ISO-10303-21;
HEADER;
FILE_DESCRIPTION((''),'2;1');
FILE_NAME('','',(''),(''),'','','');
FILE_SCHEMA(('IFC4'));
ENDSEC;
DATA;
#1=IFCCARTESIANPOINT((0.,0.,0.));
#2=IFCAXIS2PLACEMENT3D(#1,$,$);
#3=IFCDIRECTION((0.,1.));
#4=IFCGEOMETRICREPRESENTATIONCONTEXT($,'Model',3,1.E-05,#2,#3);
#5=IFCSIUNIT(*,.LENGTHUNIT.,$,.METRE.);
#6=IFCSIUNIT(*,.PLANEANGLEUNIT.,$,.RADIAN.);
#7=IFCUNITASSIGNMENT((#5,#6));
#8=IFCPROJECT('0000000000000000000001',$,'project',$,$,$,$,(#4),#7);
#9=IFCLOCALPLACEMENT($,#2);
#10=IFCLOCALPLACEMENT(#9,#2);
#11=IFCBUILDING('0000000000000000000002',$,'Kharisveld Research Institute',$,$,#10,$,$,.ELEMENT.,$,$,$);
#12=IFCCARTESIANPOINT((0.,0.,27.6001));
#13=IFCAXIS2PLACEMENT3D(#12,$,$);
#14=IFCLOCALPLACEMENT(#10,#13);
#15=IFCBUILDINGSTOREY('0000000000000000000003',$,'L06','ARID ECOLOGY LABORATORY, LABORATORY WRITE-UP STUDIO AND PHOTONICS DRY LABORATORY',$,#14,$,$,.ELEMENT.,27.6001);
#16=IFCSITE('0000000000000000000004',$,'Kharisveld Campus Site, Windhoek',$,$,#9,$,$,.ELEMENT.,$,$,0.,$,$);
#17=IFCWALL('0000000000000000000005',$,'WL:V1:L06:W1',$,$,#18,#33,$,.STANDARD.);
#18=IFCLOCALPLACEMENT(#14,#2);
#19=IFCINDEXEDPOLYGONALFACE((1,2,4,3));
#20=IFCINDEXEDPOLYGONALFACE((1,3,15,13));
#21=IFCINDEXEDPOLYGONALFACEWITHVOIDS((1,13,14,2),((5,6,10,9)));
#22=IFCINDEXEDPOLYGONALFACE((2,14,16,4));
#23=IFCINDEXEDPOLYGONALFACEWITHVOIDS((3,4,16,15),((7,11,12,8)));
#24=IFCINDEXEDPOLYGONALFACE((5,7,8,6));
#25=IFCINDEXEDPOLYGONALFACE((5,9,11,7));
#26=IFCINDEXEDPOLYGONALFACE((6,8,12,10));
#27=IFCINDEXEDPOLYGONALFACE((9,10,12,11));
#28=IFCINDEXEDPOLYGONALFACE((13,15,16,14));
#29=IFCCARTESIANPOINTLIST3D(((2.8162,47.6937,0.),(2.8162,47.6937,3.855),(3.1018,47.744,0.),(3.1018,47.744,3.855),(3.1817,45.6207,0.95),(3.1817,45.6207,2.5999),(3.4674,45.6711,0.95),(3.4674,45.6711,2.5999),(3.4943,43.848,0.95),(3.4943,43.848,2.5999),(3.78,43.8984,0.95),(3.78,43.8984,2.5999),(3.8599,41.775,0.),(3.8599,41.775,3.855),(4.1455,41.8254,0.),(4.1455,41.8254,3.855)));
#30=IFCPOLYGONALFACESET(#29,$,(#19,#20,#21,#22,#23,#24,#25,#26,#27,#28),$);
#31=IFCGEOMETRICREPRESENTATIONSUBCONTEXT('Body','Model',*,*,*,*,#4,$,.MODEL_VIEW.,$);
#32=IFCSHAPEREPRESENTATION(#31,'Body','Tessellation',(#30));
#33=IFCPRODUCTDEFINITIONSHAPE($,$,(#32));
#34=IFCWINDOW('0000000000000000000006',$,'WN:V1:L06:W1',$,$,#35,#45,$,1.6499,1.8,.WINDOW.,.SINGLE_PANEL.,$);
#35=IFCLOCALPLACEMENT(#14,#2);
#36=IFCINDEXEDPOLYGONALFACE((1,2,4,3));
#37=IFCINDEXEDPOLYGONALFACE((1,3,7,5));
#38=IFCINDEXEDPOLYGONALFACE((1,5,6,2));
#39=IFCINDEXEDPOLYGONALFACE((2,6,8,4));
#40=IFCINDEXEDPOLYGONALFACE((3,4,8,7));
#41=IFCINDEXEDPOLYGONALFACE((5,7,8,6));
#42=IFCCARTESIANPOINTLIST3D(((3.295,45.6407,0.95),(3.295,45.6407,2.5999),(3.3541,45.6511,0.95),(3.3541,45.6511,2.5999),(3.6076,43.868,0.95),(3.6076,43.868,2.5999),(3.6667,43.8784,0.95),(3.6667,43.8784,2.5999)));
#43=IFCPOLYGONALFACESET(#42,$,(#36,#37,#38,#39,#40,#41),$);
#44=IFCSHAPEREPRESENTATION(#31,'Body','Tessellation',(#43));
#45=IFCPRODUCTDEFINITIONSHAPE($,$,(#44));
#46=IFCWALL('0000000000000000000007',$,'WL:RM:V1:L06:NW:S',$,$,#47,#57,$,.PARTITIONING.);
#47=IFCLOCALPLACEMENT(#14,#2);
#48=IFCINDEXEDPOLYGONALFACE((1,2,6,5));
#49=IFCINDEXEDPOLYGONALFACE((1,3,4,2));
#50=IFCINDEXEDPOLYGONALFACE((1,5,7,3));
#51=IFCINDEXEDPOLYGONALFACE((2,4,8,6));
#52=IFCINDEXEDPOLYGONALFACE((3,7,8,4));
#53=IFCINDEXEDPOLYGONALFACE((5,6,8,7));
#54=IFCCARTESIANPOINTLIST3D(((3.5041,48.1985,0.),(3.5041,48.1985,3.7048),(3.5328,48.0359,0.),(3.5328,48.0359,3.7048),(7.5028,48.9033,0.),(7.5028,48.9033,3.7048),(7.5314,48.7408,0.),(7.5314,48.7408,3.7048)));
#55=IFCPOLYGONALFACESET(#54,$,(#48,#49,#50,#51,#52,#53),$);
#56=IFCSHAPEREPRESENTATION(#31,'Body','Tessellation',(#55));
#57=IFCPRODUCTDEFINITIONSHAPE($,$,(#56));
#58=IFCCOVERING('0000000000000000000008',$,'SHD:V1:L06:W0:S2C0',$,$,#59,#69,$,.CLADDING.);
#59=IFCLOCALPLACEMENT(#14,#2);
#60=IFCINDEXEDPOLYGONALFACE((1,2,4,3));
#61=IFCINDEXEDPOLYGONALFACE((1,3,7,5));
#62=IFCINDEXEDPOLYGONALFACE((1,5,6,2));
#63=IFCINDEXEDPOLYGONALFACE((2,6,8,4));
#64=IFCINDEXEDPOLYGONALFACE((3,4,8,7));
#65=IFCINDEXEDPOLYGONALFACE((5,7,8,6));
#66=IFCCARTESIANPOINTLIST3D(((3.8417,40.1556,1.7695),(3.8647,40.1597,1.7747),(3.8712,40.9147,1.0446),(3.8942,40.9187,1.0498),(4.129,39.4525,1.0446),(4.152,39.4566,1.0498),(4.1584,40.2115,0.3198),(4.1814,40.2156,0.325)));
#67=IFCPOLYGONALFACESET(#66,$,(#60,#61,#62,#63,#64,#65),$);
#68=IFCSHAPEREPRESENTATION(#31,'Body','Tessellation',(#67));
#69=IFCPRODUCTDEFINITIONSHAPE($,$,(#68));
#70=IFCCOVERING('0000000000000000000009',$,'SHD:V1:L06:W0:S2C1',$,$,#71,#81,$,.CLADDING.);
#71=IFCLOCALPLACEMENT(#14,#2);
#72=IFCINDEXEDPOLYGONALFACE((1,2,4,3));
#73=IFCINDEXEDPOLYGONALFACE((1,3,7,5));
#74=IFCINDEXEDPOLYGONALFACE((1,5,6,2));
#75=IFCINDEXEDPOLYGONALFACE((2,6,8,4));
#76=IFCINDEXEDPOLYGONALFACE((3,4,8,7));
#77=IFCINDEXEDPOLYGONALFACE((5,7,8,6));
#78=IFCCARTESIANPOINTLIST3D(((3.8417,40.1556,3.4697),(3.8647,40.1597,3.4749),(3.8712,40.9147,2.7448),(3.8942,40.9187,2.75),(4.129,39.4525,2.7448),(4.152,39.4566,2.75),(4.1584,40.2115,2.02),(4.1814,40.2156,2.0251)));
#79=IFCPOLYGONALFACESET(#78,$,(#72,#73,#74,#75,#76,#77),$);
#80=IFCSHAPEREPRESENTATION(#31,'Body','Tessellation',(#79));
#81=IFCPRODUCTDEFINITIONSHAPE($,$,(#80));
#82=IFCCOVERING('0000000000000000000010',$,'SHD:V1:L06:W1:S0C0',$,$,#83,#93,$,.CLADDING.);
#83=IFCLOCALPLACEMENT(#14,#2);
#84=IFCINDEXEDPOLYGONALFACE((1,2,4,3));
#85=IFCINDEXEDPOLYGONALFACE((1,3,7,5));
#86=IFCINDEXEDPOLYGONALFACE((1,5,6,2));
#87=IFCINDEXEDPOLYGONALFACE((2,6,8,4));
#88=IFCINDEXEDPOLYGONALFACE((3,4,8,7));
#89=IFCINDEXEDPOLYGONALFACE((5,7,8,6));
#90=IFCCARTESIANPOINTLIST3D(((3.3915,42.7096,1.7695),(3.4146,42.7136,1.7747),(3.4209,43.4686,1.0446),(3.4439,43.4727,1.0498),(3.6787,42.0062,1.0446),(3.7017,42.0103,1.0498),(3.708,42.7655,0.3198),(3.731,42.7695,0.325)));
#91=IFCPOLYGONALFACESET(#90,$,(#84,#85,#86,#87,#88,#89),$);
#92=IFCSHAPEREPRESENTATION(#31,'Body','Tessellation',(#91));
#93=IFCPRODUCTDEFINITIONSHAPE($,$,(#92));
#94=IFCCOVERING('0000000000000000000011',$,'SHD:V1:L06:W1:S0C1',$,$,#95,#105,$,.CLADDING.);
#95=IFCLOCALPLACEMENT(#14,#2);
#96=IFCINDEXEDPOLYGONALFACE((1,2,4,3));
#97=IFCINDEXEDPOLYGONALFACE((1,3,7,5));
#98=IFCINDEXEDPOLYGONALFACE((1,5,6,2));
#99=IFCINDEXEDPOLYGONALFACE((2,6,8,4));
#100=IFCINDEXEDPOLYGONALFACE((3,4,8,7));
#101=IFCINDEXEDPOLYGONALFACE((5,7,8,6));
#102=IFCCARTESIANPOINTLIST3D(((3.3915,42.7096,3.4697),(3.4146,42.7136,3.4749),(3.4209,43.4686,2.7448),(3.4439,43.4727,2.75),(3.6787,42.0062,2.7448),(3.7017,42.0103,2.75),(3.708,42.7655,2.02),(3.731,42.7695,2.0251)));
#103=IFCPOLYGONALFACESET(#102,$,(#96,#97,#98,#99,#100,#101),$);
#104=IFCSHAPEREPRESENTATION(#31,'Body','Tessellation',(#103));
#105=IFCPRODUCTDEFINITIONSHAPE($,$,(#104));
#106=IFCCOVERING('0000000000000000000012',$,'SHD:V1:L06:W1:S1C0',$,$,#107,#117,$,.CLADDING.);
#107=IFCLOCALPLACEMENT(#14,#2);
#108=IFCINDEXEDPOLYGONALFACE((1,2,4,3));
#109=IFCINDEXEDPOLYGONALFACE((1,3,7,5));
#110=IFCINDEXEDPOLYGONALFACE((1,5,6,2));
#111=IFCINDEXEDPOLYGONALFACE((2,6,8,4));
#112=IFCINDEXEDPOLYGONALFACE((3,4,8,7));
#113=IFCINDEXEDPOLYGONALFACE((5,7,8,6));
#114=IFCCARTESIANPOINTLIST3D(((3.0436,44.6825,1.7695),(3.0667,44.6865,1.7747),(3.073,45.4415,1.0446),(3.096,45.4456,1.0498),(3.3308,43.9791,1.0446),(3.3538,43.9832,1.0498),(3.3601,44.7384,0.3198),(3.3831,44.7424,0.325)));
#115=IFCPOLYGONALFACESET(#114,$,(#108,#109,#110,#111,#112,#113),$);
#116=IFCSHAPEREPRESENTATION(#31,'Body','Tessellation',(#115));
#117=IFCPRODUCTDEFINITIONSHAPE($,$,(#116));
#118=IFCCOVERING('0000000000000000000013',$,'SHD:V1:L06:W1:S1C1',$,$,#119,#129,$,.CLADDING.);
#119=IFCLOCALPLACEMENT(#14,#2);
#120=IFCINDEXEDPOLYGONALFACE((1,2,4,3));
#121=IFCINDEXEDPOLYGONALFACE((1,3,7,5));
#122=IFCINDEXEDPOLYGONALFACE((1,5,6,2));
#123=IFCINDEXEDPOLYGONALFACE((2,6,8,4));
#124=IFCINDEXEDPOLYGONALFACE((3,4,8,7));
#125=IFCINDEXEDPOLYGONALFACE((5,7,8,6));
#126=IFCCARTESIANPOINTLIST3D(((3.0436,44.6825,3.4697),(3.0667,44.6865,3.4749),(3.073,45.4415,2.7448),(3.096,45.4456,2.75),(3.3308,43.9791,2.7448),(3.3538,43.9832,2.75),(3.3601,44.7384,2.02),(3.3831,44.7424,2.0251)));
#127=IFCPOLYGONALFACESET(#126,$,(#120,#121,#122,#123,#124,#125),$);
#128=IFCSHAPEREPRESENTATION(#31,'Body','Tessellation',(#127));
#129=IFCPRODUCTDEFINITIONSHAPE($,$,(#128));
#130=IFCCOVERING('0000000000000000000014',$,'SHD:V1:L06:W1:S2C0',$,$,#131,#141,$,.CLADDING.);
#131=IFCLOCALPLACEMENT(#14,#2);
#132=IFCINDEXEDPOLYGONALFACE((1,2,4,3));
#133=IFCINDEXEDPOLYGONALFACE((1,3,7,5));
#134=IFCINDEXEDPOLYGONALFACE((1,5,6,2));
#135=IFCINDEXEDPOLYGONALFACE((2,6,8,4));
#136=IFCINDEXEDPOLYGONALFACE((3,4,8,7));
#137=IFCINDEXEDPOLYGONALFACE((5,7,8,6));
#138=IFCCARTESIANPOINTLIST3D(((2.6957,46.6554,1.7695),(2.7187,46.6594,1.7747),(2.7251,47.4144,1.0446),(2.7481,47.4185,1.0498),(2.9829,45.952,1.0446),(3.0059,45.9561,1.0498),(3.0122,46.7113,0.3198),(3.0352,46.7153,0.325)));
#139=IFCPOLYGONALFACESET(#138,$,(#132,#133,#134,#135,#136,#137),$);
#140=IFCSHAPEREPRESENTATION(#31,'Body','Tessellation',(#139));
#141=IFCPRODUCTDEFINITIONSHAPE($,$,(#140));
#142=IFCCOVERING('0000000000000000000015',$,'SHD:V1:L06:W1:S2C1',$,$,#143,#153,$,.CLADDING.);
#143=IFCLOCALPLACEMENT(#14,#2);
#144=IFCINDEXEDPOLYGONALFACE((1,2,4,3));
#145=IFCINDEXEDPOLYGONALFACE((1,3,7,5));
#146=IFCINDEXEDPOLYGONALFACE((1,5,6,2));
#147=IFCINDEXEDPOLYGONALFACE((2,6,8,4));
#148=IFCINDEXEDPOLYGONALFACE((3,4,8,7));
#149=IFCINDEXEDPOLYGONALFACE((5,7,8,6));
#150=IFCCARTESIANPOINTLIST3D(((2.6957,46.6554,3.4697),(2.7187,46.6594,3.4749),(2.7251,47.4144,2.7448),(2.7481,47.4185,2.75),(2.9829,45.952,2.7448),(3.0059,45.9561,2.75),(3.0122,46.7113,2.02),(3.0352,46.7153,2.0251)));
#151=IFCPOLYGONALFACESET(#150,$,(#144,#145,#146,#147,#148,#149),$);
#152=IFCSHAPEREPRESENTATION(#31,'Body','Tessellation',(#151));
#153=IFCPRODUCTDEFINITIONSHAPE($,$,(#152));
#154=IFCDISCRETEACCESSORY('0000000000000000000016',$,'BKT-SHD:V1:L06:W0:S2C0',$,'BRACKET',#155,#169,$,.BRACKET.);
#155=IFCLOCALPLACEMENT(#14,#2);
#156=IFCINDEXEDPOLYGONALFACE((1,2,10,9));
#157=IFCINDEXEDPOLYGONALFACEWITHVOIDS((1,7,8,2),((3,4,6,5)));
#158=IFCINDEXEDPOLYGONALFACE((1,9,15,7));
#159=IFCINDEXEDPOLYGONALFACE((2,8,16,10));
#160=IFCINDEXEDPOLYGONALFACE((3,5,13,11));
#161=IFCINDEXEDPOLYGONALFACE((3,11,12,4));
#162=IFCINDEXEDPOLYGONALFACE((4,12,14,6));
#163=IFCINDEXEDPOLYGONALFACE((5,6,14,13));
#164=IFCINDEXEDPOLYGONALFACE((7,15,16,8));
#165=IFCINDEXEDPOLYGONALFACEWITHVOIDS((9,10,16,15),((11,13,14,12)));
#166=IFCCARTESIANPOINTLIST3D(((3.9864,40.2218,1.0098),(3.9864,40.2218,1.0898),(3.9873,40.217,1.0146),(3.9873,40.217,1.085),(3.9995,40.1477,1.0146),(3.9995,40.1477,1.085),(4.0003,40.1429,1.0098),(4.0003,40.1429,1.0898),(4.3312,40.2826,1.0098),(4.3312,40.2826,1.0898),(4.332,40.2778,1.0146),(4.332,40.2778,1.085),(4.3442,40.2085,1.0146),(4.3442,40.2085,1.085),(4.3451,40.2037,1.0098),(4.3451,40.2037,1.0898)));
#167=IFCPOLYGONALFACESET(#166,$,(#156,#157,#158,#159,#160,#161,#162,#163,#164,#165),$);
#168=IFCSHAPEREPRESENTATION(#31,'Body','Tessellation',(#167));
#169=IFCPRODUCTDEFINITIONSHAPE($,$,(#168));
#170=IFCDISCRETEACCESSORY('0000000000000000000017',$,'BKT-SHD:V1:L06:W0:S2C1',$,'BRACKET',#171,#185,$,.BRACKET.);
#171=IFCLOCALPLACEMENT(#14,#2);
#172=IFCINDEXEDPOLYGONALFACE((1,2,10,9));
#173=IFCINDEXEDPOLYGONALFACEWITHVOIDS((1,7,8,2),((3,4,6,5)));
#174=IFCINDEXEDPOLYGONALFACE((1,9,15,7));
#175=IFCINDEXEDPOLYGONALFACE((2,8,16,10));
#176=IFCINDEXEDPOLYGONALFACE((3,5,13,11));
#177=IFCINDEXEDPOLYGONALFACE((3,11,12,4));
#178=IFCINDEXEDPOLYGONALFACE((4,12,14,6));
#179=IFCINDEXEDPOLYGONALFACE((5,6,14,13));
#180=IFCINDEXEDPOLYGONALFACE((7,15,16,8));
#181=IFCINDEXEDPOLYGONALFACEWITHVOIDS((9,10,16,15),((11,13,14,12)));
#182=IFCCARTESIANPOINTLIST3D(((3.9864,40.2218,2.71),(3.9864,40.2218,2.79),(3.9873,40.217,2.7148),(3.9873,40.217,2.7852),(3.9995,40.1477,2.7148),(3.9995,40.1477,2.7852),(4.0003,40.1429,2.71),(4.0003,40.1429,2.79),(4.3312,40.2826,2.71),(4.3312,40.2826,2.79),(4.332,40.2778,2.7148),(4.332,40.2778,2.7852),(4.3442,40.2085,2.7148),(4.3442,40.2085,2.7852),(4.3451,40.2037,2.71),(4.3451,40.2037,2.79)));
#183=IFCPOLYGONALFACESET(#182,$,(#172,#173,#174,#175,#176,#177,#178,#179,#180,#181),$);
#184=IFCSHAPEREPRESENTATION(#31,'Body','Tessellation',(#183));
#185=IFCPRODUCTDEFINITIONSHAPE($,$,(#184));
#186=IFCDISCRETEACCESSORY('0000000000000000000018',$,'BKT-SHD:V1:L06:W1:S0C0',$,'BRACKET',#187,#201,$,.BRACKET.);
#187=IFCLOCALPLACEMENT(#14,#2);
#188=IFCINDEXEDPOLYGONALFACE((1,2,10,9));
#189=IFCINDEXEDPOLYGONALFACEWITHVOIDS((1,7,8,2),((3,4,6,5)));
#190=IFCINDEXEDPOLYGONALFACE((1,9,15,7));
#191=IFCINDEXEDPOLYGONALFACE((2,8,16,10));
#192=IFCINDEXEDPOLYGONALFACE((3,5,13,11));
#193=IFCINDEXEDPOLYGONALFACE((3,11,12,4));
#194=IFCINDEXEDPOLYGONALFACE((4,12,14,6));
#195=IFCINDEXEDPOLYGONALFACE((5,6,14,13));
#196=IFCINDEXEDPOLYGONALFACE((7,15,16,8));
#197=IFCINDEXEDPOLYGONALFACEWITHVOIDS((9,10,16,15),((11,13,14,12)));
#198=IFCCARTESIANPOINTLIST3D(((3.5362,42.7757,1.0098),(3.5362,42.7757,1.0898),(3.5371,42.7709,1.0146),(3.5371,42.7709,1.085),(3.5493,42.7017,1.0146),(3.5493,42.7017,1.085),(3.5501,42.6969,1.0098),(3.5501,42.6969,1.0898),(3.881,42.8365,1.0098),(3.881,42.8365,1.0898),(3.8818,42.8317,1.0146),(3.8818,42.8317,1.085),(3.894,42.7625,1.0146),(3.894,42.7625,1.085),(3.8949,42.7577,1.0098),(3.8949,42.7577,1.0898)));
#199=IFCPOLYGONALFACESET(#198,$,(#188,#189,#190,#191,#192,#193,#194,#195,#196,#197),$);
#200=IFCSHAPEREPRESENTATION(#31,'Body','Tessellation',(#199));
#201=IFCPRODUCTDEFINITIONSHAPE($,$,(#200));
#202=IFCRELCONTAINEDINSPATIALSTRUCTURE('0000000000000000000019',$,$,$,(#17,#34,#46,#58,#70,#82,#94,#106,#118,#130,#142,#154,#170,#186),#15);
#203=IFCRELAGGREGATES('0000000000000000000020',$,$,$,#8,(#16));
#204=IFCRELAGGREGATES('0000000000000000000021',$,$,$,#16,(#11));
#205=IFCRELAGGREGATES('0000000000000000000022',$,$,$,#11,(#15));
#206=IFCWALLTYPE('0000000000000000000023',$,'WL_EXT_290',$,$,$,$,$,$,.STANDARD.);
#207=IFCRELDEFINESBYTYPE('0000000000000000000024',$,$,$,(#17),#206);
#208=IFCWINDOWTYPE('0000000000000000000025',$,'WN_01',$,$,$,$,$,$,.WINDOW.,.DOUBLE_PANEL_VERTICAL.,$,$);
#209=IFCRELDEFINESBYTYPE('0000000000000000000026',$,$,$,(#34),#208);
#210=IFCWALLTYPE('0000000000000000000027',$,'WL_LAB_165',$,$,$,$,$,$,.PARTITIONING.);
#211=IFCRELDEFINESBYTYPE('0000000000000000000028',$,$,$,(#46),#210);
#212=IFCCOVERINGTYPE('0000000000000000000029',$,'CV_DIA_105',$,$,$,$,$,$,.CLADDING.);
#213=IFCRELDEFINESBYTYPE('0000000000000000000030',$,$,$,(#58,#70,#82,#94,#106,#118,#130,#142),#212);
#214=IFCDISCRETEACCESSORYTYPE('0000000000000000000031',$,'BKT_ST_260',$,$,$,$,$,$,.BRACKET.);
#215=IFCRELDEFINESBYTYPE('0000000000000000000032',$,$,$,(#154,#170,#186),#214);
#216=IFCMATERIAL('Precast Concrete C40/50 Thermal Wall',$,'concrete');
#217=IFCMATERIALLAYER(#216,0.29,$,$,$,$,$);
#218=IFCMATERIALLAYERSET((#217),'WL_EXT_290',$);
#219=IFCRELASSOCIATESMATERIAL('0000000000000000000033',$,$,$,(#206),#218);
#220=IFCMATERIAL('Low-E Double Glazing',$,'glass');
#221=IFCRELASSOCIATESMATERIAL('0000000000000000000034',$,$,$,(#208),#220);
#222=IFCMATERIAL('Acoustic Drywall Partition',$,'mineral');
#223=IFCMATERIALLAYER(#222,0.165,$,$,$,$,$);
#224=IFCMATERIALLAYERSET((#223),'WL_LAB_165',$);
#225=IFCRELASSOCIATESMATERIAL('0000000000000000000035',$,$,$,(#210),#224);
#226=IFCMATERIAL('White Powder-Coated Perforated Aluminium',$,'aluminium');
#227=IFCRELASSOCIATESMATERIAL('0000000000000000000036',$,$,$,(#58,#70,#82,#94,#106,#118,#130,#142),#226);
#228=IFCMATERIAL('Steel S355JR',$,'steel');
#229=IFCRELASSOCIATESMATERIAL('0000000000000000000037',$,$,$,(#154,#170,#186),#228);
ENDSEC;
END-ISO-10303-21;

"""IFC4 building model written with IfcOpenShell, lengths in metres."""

from ifc_helpers import new_model, si_unit, direction, frame, frame_2d, origin, origin_2d, place, context, subcontext, project, spatial, polyline, rectangle, hollow_rectangle, outline, extrude, material, layer, layer_set, type_object, element, fill, save


model = new_model("IFC4")

# Units and contexts
model_context = context("Model", 3, precision=1e-05, world=origin(), true_north=direction((0.0, 1.0)))
body_context = subcontext(model_context, "Body", "Model", "MODEL_VIEW")
ifc_project = project(units=[si_unit("LENGTHUNIT", "METRE"), si_unit("PLANEANGLEUNIT", "RADIAN")], contexts=[model_context])

# Site, building, storey
site_placement = place(None, origin())
site = spatial("IfcSite", under=ifc_project, at=site_placement, Name="Kharisveld Campus Site, Windhoek", CompositionType="ELEMENT", RefElevation=0.0)
building_placement = place(site_placement, origin())
building = spatial("IfcBuilding", under=site, at=building_placement, Name="Kharisveld Research Institute", CompositionType="ELEMENT")
storey_placement = place(building_placement, frame((0.0, 0.0, 27.6001)))
storey = spatial("IfcBuildingStorey", under=building, at=storey_placement, Name="L06", Description="ARID ECOLOGY LABORATORY, LABORATORY WRITE-UP STUDIO AND PHOTONICS DRY LABORATORY", CompositionType="ELEMENT", Elevation=27.6001)

# Wall, opening, window
ifc_material_1 = material(Name="Precast Concrete C40/50 Thermal Wall", Category="concrete")
ifc_layer_1 = layer(ifc_material_1, 0.29)
ifc_layer_set_1 = layer_set([ifc_layer_1], Name="WL_EXT_290")
wall_type_1 = type_object("IfcWallType", Name="WL_EXT_290", PredefinedType="STANDARD", material=ifc_layer_set_1)
wall_1_placement = place(storey_placement, frame((4.0027, 41.8003, 0.0), z_axis=(0.0, 0.0, 1.0), x_axis=(-0.17366, 0.984806, 0.0)))
wall_1 = element("IfcWall", 1, at=wall_1_placement, inside=storey, type_object=wall_type_1, Name="WL:V1:L06:W1", PredefinedType="STANDARD", context=body_context, shape_type="SweptSolid", body=[
    extrude(rectangle(XDim=6.01, YDim=0.29, at=frame_2d((3.0049, 0.0))), origin(), (0.0, 0.0, 1.0), 3.855),
])
opening_placement = place(wall_1_placement, frame((2.105, 0.0, 0.95)))
opening = element("IfcOpeningElement", 2, at=opening_placement, cuts=wall_1, PredefinedType="OPENING", context=body_context, shape_type="SweptSolid", body=[
    extrude(rectangle(XDim=1.8, YDim=1.6499, at=frame_2d((0.8999, 0.825))), frame((0.0, 0.145, 0.0), z_axis=(0.0, -1.0, 0.0), x_axis=(1.0, 0.0, 0.0)), (0.0, 0.0, 1.0), 0.29),
])
ifc_material_2 = material(Name="Low-E Double Glazing", Category="glass")
window_type = type_object("IfcWindowType", Name="WN_01", PartitioningType="DOUBLE_PANEL_VERTICAL", PredefinedType="WINDOW", material=ifc_material_2)
window_placement = place(opening_placement, origin())
window = element("IfcWindow", 3, at=window_placement, inside=storey, type_object=window_type, Name="WN:V1:L06:W1", OverallHeight=1.6499, OverallWidth=1.8, PartitioningType="SINGLE_PANEL", PredefinedType="WINDOW", context=body_context, shape_type="SweptSolid", body=[
    extrude(rectangle(XDim=1.8, YDim=1.6499, at=frame_2d((0.8999, 0.825))), frame((0.0, 0.03, 0.0), z_axis=(0.0, -1.0, 0.0), x_axis=(1.0, 0.0, 0.0)), (0.0, 0.0, 1.0), 0.0601),
])
fill(opening, window)

# Wall
ifc_material_3 = material(Name="Acoustic Drywall Partition", Category="mineral")
ifc_layer_2 = layer(ifc_material_3, 0.165)
ifc_layer_set_2 = layer_set([ifc_layer_2], Name="WL_LAB_165")
wall_type_2 = type_object("IfcWallType", Name="WL_LAB_165", PredefinedType="PARTITIONING", material=ifc_layer_set_2)
wall_2_placement = place(storey_placement, frame((3.5183, 48.1172, 0.0), z_axis=(0.0, 0.0, 1.0), x_axis=(0.984817, 0.173597, 0.0)))
element("IfcWall", 4, at=wall_2_placement, inside=storey, type_object=wall_type_2, Name="WL:RM:V1:L06:NW:S", PredefinedType="PARTITIONING", context=body_context, shape_type="SweptSolid", body=[
    extrude(rectangle(XDim=4.0603, YDim=0.165, at=frame_2d((2.0303, 0.0))), origin(), (0.0, 0.0, 1.0), 3.7048),
])

# Coverings
ifc_material_4 = material(Name="White Powder-Coated Perforated Aluminium", Category="aluminium")
covering_type = type_object("IfcCoveringType", Name="CV_DIA_105", PredefinedType="CLADDING")
for number, where, z_axis, x_axis, name in (
    (5, (4.1814, 40.2156, 0.325), (0.961443, 0.169525, 0.21654), (-0.273579, 0.669701, 0.690402), "SHD:V1:L06:W0:S2C0"),
    (6, (4.1814, 40.2156, 2.0251), (0.961443, 0.169525, 0.21654), (-0.273579, 0.669701, 0.690402), "SHD:V1:L06:W0:S2C1"),
):
    element("IfcCovering", number, at=place(storey_placement, frame(where, z_axis=z_axis, x_axis=x_axis)), inside=storey, type_object=covering_type, material=ifc_material_4, Name=name, PredefinedType="CLADDING", context=body_context, shape_type="SweptSolid", body=[
        extrude(outline(polyline([(0.0, 0.0), (1.0499, 0.0), (1.0501, 1.05), (0.0002, 1.05), (0.0, 0.0)])), origin(), (0.0, 0.0, -1.0), 0.0239),
    ])
for number, where, z_axis, x_axis, name in (
    (7, (3.731, 42.7695, 0.325), (0.961481, 0.169503, 0.216385), (-0.273452, 0.669728, 0.690426), "SHD:V1:L06:W1:S0C0"),
    (8, (3.731, 42.7695, 2.0251), (0.961481, 0.169503, 0.216385), (-0.273452, 0.669728, 0.690426), "SHD:V1:L06:W1:S0C1"),
    (9, (3.3831, 44.7424, 0.325), (0.961481, 0.169503, 0.216385), (-0.273452, 0.669728, 0.690426), "SHD:V1:L06:W1:S1C0"),
    (10, (3.3831, 44.7424, 2.0251), (0.961481, 0.169503, 0.216385), (-0.273452, 0.669728, 0.690426), "SHD:V1:L06:W1:S1C1"),
    (11, (3.0352, 46.7153, 0.325), (0.961481, 0.169503, 0.216385), (-0.273452, 0.669728, 0.690426), "SHD:V1:L06:W1:S2C0"),
    (12, (3.0352, 46.7153, 2.0251), (0.961481, 0.169503, 0.216385), (-0.273452, 0.669728, 0.690426), "SHD:V1:L06:W1:S2C1"),
):
    element("IfcCovering", number, at=place(storey_placement, frame(where, z_axis=z_axis, x_axis=x_axis)), inside=storey, type_object=covering_type, material=ifc_material_4, Name=name, PredefinedType="CLADDING", context=body_context, shape_type="SweptSolid", body=[
        extrude(outline(polyline([(0.0, 0.0), (1.0499, 0.0), (1.05, 1.05), (0.0, 1.0501), (0.0, 0.0)])), origin(), (0.0, 0.0, -1.0), 0.0239),
    ])

# Discrete accessories
ifc_material_5 = material(Name="Steel S355JR", Category="steel")
discrete_accessory_type = type_object("IfcDiscreteAccessoryType", Name="BKT_ST_260", PredefinedType="BRACKET")
for number, where, z_axis, x_axis, name in (
    (13, (4.3381, 40.2432, 1.0498), (-0.984805, -0.173666, 0.0), (0.173666, -0.984805, 0.0), "BKT-SHD:V1:L06:W0:S2C0"),
    (14, (4.3381, 40.2432, 2.75), (-0.984805, -0.173666, 0.0), (0.173666, -0.984805, 0.0), "BKT-SHD:V1:L06:W0:S2C1"),
    (15, (3.8879, 42.7971, 1.0498), (-0.984805, -0.173666, 0.0), (0.173666, -0.984805, 0.0), "BKT-SHD:V1:L06:W1:S0C0"),
):
    element("IfcDiscreteAccessory", number, at=place(storey_placement, frame(where, z_axis=z_axis, x_axis=x_axis)), inside=storey, type_object=discrete_accessory_type, material=ifc_material_5, Name=name, ObjectType="BRACKET", PredefinedType="BRACKET", context=body_context, shape_type="SweptSolid", body=[
        extrude(hollow_rectangle(XDim=0.0801, YDim=0.0801, WallThickness=0.0049, at=origin_2d()), origin(), (0.0, 0.0, 1.0), 0.3501),
    ])

save(model, "model.ifc")
